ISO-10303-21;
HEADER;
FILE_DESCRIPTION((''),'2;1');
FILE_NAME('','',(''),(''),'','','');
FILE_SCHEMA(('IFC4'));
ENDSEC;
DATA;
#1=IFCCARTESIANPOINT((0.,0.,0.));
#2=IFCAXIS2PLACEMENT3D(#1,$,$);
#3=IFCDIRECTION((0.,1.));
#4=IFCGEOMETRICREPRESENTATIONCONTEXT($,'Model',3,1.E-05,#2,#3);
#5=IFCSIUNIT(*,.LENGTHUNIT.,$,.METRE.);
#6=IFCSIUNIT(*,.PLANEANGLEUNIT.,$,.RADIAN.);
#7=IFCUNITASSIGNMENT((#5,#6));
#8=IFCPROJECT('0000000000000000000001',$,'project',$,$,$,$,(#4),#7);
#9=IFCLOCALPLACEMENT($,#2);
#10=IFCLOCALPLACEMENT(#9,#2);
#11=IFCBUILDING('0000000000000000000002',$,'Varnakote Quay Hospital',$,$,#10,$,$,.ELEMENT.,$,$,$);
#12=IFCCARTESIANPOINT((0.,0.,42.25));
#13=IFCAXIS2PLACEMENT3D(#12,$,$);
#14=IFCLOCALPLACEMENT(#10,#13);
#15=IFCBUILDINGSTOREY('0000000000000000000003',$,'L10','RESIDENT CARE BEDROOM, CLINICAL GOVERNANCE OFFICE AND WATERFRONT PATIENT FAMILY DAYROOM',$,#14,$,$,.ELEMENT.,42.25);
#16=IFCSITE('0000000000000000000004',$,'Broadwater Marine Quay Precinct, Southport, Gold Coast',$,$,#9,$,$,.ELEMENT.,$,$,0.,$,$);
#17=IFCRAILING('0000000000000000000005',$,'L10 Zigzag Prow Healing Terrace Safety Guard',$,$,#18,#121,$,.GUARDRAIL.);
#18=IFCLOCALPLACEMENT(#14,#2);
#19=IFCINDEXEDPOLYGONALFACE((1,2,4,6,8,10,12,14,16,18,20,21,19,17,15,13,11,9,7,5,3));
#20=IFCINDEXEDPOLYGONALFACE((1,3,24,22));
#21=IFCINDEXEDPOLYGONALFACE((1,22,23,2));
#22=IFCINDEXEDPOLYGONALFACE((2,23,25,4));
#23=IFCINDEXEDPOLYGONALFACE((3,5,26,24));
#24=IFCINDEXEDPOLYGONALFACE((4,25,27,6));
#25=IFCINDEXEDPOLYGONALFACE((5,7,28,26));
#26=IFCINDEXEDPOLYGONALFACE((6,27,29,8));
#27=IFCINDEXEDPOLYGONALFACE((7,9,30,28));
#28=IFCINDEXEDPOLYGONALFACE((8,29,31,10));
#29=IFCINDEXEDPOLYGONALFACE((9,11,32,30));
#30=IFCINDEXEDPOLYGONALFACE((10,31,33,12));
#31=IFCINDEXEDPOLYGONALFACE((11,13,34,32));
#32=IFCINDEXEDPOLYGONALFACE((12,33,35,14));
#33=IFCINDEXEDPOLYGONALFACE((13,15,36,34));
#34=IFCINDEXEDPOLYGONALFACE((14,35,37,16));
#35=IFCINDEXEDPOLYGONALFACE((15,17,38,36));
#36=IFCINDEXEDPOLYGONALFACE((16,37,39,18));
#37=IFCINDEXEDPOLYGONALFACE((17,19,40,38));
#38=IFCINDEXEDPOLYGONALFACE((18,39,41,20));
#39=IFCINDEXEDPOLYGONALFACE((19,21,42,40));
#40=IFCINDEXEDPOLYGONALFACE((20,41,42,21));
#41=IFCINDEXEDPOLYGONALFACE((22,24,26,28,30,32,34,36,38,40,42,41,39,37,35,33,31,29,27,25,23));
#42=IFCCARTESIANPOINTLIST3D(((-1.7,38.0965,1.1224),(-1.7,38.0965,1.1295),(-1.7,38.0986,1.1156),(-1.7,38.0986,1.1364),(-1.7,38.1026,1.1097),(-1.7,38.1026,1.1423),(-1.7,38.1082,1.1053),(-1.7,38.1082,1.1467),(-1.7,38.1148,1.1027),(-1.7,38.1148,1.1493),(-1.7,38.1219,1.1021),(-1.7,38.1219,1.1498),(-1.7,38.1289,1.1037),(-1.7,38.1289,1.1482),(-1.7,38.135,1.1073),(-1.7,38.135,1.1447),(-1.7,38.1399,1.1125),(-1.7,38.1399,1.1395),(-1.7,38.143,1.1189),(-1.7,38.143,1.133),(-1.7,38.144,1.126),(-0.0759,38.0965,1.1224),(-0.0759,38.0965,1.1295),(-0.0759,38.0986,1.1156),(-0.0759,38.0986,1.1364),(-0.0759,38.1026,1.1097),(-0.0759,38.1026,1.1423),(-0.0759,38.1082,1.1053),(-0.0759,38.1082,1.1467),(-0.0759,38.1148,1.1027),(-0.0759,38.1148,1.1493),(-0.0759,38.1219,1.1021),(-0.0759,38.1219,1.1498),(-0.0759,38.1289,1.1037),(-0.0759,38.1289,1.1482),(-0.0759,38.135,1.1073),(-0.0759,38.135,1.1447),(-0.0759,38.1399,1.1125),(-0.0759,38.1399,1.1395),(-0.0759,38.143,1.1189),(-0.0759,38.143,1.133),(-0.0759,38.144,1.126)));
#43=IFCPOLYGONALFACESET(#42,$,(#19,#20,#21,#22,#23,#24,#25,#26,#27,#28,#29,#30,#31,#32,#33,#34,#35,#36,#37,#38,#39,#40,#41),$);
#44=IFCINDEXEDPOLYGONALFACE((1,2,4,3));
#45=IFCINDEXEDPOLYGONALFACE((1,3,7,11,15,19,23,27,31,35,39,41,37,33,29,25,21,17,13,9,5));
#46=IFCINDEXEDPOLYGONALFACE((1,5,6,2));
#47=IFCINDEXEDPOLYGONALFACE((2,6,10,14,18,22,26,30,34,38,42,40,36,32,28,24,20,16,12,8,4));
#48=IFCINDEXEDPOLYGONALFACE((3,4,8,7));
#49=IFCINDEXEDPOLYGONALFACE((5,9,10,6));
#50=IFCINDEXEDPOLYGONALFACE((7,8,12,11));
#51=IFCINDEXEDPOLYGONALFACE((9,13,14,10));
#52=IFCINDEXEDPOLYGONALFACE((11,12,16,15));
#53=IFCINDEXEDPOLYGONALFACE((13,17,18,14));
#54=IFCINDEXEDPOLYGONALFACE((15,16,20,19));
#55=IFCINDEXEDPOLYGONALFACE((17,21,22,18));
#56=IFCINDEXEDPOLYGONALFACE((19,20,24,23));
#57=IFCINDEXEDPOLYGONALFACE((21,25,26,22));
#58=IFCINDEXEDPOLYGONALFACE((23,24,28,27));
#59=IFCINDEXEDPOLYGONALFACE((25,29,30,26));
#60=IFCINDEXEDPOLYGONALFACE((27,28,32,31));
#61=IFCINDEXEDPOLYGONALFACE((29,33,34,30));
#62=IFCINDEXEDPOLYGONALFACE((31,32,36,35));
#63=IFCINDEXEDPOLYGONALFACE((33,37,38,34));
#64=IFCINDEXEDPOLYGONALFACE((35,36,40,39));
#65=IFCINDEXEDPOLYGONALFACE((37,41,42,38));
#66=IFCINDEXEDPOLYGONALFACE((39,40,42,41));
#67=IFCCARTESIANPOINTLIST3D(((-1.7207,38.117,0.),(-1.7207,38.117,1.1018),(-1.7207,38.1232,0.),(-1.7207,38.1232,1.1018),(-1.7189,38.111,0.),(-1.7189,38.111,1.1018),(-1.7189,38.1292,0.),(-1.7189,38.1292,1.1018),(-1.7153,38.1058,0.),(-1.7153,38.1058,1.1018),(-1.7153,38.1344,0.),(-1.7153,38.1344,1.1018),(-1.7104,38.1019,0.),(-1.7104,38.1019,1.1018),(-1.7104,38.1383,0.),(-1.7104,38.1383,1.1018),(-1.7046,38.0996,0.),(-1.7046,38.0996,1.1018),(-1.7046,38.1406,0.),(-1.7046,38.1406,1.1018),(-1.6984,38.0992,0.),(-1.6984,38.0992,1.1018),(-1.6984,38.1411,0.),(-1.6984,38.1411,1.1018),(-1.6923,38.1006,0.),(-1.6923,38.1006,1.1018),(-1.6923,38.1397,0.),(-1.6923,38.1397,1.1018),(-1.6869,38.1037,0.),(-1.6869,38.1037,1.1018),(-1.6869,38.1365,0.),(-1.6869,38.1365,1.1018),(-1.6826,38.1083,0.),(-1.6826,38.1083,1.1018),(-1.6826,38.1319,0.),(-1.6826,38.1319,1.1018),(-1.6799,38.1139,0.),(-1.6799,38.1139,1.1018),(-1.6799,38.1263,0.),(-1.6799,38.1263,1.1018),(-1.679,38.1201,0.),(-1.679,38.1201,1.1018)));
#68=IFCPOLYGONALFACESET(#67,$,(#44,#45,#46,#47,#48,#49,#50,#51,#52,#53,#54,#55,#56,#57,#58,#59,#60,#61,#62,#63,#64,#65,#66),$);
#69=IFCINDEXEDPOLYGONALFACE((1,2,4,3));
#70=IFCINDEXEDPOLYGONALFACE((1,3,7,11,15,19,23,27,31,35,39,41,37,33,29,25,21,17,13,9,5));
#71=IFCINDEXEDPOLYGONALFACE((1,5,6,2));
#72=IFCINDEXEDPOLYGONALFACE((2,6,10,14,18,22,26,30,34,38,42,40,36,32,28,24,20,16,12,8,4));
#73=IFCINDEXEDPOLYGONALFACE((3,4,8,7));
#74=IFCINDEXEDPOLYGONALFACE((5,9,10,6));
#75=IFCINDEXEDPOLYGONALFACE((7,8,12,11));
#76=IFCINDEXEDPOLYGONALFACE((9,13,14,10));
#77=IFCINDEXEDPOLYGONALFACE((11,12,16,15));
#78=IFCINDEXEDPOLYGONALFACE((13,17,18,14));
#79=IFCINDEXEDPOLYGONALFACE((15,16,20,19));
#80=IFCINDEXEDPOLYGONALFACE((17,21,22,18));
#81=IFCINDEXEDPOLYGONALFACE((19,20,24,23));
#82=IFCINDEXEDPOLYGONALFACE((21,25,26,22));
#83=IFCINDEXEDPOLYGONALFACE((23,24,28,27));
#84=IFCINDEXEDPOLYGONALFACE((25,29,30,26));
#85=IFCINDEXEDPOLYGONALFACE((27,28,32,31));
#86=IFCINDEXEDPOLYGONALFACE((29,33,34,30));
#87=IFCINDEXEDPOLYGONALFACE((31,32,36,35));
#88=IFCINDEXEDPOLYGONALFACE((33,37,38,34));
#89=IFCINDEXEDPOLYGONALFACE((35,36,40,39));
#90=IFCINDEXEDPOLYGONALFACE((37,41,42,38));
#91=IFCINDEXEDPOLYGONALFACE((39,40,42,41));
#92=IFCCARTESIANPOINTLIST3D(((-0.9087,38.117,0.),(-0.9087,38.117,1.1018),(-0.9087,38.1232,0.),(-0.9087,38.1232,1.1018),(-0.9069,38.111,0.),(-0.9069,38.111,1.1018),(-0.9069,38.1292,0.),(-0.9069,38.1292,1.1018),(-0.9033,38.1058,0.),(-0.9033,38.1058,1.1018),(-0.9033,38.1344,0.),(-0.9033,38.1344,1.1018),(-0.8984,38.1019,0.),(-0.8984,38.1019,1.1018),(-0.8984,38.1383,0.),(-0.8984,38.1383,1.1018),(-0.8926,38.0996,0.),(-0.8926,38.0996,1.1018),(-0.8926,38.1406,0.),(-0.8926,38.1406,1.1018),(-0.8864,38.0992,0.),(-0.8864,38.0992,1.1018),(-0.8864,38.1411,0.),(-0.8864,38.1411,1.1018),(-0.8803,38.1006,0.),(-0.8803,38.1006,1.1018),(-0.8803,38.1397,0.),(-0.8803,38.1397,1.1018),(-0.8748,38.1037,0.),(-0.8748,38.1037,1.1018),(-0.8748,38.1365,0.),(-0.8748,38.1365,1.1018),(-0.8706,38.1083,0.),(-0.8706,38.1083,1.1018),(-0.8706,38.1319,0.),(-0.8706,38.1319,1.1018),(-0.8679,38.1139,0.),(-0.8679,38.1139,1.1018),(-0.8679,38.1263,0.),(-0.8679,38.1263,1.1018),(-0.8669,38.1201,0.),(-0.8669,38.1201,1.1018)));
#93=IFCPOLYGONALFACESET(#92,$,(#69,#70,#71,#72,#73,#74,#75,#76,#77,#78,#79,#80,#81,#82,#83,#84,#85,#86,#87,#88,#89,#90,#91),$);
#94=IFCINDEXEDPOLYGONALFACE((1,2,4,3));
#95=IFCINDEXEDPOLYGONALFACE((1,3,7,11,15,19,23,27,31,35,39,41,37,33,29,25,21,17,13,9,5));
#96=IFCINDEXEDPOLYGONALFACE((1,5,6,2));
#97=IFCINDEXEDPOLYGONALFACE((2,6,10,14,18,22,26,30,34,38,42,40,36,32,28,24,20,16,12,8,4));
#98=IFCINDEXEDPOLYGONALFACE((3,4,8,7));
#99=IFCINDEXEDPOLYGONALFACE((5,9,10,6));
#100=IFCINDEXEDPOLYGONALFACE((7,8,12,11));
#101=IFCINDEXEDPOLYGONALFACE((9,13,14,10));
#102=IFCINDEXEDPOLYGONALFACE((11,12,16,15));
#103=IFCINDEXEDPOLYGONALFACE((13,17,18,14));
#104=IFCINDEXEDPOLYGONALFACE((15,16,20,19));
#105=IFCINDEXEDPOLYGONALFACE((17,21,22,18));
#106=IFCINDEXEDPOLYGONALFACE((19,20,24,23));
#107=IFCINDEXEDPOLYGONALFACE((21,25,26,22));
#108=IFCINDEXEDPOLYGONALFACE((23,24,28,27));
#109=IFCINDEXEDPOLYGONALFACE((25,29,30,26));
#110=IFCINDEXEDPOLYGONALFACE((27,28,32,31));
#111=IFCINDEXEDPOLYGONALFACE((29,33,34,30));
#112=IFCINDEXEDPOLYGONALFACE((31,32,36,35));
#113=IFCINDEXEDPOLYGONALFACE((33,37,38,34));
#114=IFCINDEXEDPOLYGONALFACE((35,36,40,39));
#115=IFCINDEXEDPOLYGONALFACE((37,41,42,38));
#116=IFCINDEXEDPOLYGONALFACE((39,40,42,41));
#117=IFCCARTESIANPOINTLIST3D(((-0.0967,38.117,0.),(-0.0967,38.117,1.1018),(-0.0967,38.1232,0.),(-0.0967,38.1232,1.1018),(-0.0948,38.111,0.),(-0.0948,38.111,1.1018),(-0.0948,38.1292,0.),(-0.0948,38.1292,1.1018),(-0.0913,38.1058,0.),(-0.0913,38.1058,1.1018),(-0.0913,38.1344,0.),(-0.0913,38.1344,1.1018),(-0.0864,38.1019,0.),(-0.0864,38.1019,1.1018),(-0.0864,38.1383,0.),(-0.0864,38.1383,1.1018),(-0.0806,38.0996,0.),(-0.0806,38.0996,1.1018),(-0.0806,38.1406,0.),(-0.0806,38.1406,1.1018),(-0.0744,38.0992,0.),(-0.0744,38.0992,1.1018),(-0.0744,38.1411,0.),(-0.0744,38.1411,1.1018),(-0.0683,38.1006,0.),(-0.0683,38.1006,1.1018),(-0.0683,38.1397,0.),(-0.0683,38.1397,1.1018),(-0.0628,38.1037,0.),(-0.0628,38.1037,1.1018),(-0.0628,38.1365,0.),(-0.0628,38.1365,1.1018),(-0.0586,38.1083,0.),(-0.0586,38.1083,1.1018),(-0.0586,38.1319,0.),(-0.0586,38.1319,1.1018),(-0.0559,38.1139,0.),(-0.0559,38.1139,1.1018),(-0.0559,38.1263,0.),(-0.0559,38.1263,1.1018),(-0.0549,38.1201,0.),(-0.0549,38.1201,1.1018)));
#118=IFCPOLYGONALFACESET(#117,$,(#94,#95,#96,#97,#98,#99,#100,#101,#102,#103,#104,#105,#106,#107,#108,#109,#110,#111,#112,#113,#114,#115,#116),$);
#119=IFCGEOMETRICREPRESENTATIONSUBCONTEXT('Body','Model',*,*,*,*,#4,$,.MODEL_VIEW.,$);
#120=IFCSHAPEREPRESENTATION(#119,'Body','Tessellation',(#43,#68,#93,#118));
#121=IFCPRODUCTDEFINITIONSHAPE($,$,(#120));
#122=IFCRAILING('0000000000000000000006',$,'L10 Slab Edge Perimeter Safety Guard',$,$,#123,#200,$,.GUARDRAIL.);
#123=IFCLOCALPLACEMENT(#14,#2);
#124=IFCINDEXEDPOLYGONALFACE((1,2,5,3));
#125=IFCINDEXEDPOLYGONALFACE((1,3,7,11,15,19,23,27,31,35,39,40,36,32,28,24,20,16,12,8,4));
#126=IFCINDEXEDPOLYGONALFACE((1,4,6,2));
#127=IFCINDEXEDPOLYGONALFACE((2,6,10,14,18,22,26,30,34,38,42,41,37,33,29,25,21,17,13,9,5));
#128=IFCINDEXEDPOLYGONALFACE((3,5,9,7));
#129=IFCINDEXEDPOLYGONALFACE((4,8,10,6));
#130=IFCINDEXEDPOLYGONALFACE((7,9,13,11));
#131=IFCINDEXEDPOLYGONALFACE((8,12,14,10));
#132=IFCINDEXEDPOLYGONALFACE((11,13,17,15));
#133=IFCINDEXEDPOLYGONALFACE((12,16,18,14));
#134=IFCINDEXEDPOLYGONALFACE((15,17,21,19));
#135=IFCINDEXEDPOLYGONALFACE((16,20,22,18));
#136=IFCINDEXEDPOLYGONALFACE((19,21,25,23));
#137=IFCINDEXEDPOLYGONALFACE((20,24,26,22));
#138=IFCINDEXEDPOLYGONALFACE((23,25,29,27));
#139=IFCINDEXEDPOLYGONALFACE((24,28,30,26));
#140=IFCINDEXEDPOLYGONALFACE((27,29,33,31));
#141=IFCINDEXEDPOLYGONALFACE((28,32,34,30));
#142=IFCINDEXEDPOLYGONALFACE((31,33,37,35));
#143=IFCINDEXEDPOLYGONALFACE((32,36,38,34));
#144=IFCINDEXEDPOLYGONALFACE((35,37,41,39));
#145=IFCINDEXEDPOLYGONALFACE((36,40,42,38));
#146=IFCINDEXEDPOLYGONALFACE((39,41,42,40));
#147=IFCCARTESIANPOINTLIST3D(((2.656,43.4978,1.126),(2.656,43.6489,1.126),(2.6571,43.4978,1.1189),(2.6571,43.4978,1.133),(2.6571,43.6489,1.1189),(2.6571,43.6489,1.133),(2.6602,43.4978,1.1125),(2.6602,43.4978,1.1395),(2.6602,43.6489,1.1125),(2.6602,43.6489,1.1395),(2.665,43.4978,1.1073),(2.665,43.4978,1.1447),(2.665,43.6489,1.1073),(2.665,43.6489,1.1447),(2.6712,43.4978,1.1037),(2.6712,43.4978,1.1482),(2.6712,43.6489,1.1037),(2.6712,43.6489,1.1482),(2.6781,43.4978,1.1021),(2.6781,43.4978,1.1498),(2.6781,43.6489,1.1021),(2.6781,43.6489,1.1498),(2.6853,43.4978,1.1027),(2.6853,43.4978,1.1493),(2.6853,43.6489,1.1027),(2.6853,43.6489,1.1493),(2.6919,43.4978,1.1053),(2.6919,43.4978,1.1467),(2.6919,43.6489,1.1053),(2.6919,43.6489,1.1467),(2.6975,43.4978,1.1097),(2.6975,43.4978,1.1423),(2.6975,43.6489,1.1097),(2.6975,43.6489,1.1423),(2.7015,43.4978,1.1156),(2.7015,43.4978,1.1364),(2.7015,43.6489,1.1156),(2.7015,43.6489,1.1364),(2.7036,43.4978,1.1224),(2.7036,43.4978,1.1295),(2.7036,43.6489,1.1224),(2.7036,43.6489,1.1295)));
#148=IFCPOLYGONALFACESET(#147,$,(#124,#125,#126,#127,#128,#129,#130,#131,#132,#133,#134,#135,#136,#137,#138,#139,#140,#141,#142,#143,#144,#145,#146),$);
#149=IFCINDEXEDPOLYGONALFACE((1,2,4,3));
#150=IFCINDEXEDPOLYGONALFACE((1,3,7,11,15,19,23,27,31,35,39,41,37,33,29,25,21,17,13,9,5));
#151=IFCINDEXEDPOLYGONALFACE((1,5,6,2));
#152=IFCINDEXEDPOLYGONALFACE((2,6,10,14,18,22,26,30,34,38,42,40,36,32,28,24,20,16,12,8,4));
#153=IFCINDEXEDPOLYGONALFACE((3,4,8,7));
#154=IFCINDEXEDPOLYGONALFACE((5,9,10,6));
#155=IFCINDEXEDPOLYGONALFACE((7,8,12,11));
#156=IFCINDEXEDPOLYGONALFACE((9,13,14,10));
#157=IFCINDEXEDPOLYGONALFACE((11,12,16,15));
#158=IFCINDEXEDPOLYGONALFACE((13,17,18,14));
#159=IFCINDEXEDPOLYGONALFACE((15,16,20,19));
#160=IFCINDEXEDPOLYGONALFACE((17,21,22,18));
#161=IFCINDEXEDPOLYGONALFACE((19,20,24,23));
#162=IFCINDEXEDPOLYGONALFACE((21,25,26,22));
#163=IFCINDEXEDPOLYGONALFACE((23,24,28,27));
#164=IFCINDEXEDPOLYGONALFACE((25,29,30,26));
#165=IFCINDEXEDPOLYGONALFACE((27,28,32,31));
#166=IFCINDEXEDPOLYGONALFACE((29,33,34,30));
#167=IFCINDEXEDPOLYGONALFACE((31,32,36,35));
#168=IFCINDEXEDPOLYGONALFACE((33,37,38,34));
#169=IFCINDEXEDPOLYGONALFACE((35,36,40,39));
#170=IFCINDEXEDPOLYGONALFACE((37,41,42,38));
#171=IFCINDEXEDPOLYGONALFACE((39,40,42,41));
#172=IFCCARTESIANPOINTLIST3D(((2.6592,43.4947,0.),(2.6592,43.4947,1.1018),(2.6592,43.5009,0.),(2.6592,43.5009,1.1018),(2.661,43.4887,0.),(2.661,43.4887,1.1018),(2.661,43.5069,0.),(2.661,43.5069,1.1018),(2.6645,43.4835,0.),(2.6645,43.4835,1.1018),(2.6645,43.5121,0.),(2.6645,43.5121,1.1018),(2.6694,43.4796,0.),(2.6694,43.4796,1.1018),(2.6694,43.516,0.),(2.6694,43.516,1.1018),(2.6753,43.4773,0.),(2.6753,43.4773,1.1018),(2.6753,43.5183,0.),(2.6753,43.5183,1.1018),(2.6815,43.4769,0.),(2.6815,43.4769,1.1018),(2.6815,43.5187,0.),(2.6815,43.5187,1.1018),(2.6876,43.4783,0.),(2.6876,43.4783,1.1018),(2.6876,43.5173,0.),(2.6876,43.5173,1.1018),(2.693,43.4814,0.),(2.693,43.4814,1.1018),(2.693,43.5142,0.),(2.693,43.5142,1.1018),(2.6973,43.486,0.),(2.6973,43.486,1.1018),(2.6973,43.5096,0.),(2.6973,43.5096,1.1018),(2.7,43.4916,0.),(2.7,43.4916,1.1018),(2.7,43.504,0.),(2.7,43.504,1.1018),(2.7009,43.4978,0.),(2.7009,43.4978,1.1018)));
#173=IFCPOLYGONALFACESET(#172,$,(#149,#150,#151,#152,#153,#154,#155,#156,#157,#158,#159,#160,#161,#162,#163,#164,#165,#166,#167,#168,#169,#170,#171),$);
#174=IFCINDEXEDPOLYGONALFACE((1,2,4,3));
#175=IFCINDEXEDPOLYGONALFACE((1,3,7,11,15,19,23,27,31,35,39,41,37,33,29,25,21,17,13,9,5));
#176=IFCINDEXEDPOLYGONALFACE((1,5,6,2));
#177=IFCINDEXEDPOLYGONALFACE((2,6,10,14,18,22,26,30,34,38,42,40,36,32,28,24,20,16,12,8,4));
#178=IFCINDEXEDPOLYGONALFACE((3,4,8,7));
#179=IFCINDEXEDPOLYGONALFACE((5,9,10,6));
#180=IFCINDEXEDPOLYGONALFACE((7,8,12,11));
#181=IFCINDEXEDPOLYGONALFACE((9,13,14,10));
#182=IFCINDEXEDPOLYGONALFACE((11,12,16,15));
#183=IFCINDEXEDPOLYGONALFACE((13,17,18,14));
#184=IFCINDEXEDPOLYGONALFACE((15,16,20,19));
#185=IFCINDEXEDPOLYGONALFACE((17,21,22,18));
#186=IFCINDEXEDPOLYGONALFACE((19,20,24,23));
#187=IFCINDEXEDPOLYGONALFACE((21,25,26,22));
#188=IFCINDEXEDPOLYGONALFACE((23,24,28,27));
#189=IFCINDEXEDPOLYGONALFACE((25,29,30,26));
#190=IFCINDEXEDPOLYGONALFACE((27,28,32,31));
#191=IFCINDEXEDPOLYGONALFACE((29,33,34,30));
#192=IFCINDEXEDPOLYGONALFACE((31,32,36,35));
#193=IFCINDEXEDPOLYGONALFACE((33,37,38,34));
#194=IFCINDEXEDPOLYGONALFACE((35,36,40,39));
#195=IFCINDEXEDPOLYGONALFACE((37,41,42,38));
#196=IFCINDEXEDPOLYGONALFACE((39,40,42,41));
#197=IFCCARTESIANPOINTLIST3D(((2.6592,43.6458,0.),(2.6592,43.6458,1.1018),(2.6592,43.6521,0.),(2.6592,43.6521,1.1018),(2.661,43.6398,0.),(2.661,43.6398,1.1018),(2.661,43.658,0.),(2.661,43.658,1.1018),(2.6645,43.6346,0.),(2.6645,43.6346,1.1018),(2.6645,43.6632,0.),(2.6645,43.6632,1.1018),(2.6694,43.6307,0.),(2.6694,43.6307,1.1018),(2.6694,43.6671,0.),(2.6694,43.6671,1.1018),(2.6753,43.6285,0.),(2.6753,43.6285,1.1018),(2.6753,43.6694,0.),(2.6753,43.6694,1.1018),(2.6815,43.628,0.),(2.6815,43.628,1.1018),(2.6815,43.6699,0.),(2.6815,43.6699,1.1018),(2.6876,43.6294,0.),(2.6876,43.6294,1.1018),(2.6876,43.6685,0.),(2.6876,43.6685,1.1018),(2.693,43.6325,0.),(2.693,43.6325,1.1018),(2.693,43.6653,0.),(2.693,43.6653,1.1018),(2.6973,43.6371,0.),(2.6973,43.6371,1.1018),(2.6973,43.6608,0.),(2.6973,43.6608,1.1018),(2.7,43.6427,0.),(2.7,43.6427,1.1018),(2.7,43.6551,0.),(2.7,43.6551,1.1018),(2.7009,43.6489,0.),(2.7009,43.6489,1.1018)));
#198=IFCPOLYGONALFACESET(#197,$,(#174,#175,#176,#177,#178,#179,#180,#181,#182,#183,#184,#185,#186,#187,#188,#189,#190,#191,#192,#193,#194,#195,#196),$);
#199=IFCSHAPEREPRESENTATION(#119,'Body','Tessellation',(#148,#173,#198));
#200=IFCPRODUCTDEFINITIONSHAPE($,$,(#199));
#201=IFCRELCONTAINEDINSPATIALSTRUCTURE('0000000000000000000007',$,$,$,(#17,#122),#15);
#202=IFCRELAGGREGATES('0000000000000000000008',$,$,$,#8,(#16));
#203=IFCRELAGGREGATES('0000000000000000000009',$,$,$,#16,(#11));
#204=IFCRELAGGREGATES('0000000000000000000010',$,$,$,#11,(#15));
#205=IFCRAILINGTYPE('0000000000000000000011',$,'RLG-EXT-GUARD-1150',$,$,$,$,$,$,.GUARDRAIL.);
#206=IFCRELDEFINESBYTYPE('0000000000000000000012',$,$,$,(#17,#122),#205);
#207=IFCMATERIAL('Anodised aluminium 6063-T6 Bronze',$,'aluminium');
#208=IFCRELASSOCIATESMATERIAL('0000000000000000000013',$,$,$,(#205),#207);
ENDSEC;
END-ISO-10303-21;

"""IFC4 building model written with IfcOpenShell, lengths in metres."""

from ifc_helpers import new_model, si_unit, direction, frame, origin, origin_2d, place, context, subcontext, project, spatial, circle, extrude, material, type_object, element, save


model = new_model("IFC4")

# Units and contexts
model_context = context("Model", 3, precision=1e-05, world=origin(), true_north=direction((0.0, 1.0)))
body_context = subcontext(model_context, "Body", "Model", "MODEL_VIEW")
ifc_project = project(units=[si_unit("LENGTHUNIT", "METRE"), si_unit("PLANEANGLEUNIT", "RADIAN")], contexts=[model_context])

# Site, building, storey
site_placement = place(None, origin())
site = spatial("IfcSite", under=ifc_project, at=site_placement, Name="Broadwater Marine Quay Precinct, Southport, Gold Coast", CompositionType="ELEMENT", RefElevation=0.0)
building_placement = place(site_placement, origin())
building = spatial("IfcBuilding", under=site, at=building_placement, Name="Varnakote Quay Hospital", CompositionType="ELEMENT")
storey_placement = place(building_placement, frame((0.0, 0.0, 42.25)))
storey = spatial("IfcBuildingStorey", under=building, at=storey_placement, Name="L10", Description="RESIDENT CARE BEDROOM, CLINICAL GOVERNANCE OFFICE AND WATERFRONT PATIENT FAMILY DAYROOM", CompositionType="ELEMENT", Elevation=42.25)

# Railings
ifc_material_1 = material(Name="Anodised aluminium 6063-T6 Bronze", Category="aluminium")
railing_type = type_object("IfcRailingType", Name="RLG-EXT-GUARD-1150", PredefinedType="GUARDRAIL", material=ifc_material_1)
railing_1_placement = place(storey_placement, frame((-1.7, 38.1201, 0.0)))
element("IfcRailing", 1, at=railing_1_placement, inside=storey, type_object=railing_type, Name="L10 Zigzag Prow Healing Terrace Safety Guard", PredefinedType="GUARDRAIL", context=body_context, shape_type="SweptSolid", body=[
    extrude(circle(Radius=0.0239, at=origin_2d()), frame((0.0, 0.0, 1.126), z_axis=(1.0, 0.0, 0.0), x_axis=(0.0, 1.0, 0.0)), (0.0, 0.0, 1.0), 1.624),
    extrude(circle(Radius=0.021, at=origin_2d()), origin(), (0.0, 0.0, 1.0), 1.1018),
    extrude(circle(Radius=0.021, at=origin_2d()), frame((0.812, 0.0, 0.0)), (0.0, 0.0, 1.0), 1.1018),
    extrude(circle(Radius=0.021, at=origin_2d()), frame((1.624, 0.0, 0.0)), (0.0, 0.0, 1.0), 1.1018),
])
railing_2_placement = place(storey_placement, frame((2.6799, 43.4978, 0.0)))
element("IfcRailing", 2, at=railing_2_placement, inside=storey, type_object=railing_type, Name="L10 Slab Edge Perimeter Safety Guard", PredefinedType="GUARDRAIL", context=body_context, shape_type="SweptSolid", body=[
    extrude(circle(Radius=0.0239, at=origin_2d()), frame((0.0, 0.0, 1.126), z_axis=(0.0, 1.0, 0.0), x_axis=(-1.0, 0.0, 0.0)), (0.0, 0.0, 1.0), 0.1511),
    extrude(circle(Radius=0.021, at=origin_2d()), origin(), (0.0, 0.0, 1.0), 1.1018),
    extrude(circle(Radius=0.021, at=origin_2d()), frame((0.0, 0.1511, 0.0)), (0.0, 0.0, 1.0), 1.1018),
])

save(model, "model.ifc")
